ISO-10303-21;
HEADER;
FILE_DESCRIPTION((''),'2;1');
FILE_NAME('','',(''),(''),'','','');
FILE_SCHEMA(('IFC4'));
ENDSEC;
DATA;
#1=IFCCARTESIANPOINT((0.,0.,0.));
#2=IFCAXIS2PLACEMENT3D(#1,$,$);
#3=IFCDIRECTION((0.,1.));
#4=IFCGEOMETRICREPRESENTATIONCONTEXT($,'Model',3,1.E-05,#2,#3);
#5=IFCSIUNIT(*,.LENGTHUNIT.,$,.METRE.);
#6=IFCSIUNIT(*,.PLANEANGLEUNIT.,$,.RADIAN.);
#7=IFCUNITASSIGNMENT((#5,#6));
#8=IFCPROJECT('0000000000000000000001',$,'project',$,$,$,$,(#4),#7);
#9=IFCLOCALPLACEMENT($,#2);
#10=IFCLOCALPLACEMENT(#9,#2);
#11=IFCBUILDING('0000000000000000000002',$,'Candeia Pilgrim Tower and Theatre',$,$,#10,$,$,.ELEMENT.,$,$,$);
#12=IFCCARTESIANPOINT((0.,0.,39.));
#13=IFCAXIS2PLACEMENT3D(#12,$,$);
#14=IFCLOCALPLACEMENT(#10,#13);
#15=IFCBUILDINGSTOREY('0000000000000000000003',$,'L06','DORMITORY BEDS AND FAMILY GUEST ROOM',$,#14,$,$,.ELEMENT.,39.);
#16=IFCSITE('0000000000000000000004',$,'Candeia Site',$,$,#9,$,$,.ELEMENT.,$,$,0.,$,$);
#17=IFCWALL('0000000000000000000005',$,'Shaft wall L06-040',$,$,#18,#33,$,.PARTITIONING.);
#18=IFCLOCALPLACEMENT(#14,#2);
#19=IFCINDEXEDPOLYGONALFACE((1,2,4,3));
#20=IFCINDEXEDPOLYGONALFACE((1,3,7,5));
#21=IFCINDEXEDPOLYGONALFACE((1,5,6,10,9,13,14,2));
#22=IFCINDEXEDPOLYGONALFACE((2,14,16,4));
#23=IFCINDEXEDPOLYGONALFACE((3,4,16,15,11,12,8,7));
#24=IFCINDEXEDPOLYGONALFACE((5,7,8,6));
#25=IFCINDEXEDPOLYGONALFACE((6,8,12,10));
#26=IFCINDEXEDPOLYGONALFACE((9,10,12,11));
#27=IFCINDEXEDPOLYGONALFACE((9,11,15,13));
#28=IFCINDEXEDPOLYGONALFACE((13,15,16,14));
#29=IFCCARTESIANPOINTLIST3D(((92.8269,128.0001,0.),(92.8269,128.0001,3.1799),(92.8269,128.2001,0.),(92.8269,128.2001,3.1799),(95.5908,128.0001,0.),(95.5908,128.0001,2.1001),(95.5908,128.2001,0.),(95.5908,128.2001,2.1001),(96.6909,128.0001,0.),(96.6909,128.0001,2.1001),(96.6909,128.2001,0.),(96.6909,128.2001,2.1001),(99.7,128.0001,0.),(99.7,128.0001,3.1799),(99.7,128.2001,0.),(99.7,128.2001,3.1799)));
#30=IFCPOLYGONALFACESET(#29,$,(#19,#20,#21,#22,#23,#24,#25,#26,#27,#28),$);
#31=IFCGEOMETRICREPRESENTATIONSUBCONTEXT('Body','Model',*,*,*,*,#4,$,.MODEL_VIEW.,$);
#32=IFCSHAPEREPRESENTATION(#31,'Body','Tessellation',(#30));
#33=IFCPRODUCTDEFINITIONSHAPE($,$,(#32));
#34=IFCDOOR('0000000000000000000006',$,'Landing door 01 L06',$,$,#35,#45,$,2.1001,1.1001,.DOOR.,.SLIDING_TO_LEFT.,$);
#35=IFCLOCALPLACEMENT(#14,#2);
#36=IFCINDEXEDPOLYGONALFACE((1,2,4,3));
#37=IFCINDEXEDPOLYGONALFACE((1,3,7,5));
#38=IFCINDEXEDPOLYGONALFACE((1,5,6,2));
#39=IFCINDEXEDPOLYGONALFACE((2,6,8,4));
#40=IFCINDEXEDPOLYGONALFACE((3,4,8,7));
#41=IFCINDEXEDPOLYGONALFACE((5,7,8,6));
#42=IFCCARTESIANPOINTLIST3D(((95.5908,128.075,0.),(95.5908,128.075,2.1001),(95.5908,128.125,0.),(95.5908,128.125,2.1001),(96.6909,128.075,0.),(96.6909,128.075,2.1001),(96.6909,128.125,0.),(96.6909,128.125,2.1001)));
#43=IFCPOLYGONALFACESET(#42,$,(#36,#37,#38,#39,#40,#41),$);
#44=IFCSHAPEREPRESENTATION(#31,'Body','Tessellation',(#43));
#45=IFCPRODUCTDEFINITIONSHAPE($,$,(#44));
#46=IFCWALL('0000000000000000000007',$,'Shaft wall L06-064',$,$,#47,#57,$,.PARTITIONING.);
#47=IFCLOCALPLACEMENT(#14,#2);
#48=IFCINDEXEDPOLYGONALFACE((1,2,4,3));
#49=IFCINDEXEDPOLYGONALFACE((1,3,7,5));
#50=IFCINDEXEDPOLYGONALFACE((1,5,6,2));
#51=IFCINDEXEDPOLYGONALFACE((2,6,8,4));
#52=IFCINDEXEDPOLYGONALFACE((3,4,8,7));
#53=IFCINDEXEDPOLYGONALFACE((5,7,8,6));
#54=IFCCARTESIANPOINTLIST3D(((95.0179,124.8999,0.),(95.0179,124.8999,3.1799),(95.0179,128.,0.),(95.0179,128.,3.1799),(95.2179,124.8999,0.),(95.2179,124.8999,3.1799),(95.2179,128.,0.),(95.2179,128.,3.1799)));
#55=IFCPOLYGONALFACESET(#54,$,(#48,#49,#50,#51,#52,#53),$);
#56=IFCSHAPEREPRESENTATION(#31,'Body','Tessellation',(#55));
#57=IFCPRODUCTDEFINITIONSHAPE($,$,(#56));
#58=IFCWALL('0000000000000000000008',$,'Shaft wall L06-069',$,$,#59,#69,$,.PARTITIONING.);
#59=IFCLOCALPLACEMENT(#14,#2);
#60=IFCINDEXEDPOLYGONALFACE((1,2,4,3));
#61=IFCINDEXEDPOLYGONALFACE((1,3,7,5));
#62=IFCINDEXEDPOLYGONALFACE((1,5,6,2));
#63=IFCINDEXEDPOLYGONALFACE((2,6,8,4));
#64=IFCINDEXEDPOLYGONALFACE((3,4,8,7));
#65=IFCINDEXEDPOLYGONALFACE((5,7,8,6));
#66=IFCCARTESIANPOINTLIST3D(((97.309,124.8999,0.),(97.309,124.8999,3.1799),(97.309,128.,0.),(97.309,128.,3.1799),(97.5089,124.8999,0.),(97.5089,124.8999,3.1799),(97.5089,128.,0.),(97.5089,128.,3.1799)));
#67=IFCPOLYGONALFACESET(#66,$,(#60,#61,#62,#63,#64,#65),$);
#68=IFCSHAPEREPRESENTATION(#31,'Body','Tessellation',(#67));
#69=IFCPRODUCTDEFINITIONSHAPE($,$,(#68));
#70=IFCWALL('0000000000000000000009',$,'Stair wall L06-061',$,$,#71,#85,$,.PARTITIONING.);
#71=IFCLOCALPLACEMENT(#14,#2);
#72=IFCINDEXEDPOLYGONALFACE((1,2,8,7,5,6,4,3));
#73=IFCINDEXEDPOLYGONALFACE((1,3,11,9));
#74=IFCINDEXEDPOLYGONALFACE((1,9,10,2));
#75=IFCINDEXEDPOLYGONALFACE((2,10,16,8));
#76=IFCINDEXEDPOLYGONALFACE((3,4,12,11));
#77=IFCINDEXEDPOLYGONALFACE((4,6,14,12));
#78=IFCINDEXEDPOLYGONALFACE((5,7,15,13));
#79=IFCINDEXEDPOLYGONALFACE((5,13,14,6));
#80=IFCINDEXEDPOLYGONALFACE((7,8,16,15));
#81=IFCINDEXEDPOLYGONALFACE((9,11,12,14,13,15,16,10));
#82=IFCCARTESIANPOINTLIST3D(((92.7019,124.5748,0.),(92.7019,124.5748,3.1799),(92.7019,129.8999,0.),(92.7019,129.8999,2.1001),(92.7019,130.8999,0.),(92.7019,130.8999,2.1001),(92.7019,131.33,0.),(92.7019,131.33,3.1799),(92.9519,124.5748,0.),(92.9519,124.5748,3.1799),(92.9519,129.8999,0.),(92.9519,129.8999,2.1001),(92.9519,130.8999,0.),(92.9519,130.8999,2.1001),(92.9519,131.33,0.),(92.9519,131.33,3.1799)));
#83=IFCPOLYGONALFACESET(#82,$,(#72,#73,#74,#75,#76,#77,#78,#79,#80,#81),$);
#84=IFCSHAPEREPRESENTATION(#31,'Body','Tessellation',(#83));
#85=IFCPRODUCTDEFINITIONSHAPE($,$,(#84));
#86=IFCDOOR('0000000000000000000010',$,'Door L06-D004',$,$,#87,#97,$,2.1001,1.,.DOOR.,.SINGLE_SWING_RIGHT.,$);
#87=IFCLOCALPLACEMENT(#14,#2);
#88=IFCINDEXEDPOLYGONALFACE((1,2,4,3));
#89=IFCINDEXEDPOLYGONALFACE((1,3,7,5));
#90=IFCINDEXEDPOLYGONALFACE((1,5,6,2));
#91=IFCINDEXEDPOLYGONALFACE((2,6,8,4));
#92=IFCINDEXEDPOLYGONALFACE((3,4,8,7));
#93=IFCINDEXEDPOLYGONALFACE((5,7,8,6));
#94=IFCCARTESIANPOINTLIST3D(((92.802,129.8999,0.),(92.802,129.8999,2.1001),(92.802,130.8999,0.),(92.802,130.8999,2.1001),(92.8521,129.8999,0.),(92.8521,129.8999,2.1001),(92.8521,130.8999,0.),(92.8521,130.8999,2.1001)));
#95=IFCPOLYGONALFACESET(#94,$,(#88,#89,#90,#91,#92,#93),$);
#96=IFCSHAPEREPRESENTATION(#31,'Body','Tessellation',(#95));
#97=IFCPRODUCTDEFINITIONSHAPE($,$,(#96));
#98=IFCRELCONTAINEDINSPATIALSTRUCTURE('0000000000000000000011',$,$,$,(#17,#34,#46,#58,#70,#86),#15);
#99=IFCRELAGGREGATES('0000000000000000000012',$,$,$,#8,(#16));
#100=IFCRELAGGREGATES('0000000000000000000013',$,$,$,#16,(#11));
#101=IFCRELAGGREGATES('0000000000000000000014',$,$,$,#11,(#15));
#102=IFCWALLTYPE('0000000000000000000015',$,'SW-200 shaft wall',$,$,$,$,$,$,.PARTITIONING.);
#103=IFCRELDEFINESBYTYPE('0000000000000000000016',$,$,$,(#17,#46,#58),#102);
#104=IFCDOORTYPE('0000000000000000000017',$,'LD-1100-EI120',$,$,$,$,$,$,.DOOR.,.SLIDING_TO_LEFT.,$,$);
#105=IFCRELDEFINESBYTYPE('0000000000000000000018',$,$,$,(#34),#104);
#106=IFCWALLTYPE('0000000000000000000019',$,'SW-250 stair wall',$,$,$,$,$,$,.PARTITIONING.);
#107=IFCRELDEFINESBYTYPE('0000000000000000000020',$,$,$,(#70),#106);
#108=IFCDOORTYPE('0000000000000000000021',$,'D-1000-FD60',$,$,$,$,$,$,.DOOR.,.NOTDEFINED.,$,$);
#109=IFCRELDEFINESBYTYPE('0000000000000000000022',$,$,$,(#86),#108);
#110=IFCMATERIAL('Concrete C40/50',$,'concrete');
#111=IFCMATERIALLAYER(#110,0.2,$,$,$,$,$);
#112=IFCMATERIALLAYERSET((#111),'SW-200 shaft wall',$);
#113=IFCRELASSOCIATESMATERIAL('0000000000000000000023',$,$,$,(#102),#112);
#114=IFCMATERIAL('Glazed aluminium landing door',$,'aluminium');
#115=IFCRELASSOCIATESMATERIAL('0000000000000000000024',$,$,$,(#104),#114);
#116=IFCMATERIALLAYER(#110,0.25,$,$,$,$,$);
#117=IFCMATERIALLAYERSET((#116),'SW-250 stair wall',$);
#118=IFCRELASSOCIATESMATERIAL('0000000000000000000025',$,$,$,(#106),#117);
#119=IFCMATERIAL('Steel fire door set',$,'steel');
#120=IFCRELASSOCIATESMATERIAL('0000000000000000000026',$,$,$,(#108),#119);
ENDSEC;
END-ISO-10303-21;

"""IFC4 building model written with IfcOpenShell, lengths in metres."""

from ifc_helpers import new_model, si_unit, direction, frame, frame_2d, origin, place, context, subcontext, project, spatial, rectangle, extrude, material, layer, layer_set, type_object, element, fill, save


model = new_model("IFC4")

# Units and contexts
model_context = context("Model", 3, precision=1e-05, world=origin(), true_north=direction((0.0, 1.0)))
body_context = subcontext(model_context, "Body", "Model", "MODEL_VIEW")
ifc_project = project(units=[si_unit("LENGTHUNIT", "METRE"), si_unit("PLANEANGLEUNIT", "RADIAN")], contexts=[model_context])

# Site, building, storey
site_placement = place(None, origin())
site = spatial("IfcSite", under=ifc_project, at=site_placement, Name="Candeia Site", CompositionType="ELEMENT", RefElevation=0.0)
building_placement = place(site_placement, origin())
building = spatial("IfcBuilding", under=site, at=building_placement, Name="Candeia Pilgrim Tower and Theatre", CompositionType="ELEMENT")
storey_placement = place(building_placement, frame((0.0, 0.0, 39.0)))
storey = spatial("IfcBuildingStorey", under=building, at=storey_placement, Name="L06", Description="DORMITORY BEDS AND FAMILY GUEST ROOM", CompositionType="ELEMENT", Elevation=39.0)

# Shared definitions
ifc_material_1 = material(Name="Steel fire door set", Category="steel")

# Wall, opening, door
ifc_material_2 = material(Name="Concrete C40/50", Category="concrete")
ifc_layer_1 = layer(ifc_material_2, 0.2)
ifc_layer_set_1 = layer_set([ifc_layer_1], Name="SW-200 shaft wall")
wall_type_1 = type_object("IfcWallType", Name="SW-200 shaft wall", PredefinedType="PARTITIONING", material=ifc_layer_set_1)
ifc_material_3 = material(Name="Glazed aluminium landing door", Category="aluminium")
door_type_1 = type_object("IfcDoorType", Name="LD-1100-EI120", OperationType="SLIDING_TO_LEFT", PredefinedType="DOOR", material=ifc_material_3)
wall_1_placement = place(storey_placement, frame((92.8269, 128.1001, 0.0), z_axis=(0.0, 0.0, 1.0), x_axis=(1.0, 0.0, 0.0)))
wall_1 = element("IfcWall", 1, at=wall_1_placement, inside=storey, type_object=wall_type_1, Name="Shaft wall L06-040", PredefinedType="PARTITIONING", context=body_context, shape_type="SweptSolid", body=[
    extrude(rectangle(XDim=6.873, YDim=0.2, at=frame_2d((3.4365, 0.0))), origin(), (0.0, 0.0, 1.0), 3.1799),
])
opening_1_placement = place(wall_1_placement, frame((2.7639, 0.0, 0.0)))
opening_1 = element("IfcOpeningElement", 2, at=opening_1_placement, cuts=wall_1, PredefinedType="OPENING", context=body_context, shape_type="SweptSolid", body=[
    extrude(rectangle(XDim=1.1001, YDim=2.1001, at=frame_2d((0.55, 1.05))), frame((0.0, 0.1099, 0.0), z_axis=(0.0, -1.0, 0.0), x_axis=(1.0, 0.0, 0.0)), (0.0, 0.0, 1.0), 0.22),
])
door_1_placement = place(opening_1_placement, origin())
door_1 = element("IfcDoor", 3, at=door_1_placement, inside=storey, type_object=door_type_1, Name="Landing door 01 L06", OperationType="SLIDING_TO_LEFT", OverallHeight=2.1001, OverallWidth=1.1001, PredefinedType="DOOR", context=body_context, shape_type="SweptSolid", body=[
    extrude(rectangle(XDim=1.1001, YDim=2.1001, at=frame_2d((0.55, 1.05))), frame((0.0, 0.0249, 0.0), z_axis=(0.0, -1.0, 0.0), x_axis=(1.0, 0.0, 0.0)), (0.0, 0.0, 1.0), 0.05),
])
fill(opening_1, door_1)

# Walls
for number, where, z_axis, x_axis, name in (
    (4, (95.1179, 124.8999, 0.0), (0.0, 0.0, 1.0), (0.0, 1.0, 0.0), "Shaft wall L06-064"),
    (5, (97.4089, 124.8999, 0.0), (0.0, 0.0, 1.0), (0.0, 1.0, 0.0), "Shaft wall L06-069"),
):
    element("IfcWall", number, at=place(storey_placement, frame(where, z_axis=z_axis, x_axis=x_axis)), inside=storey, type_object=wall_type_1, Name=name, PredefinedType="PARTITIONING", context=body_context, shape_type="SweptSolid", body=[
        extrude(rectangle(XDim=3.1001, YDim=0.2, at=frame_2d((1.55, 0.0))), origin(), (0.0, 0.0, 1.0), 3.1799),
    ])

# Wall, opening, door
ifc_layer_2 = layer(ifc_material_2, 0.25)
ifc_layer_set_2 = layer_set([ifc_layer_2], Name="SW-250 stair wall")
wall_type_2 = type_object("IfcWallType", Name="SW-250 stair wall", PredefinedType="PARTITIONING", material=ifc_layer_set_2)
wall_2_placement = place(storey_placement, frame((92.8269, 124.575, 0.0), z_axis=(0.0, 0.0, 1.0), x_axis=(0.0, 1.0, 0.0)))
wall_2 = element("IfcWall", 6, at=wall_2_placement, inside=storey, type_object=wall_type_2, Name="Stair wall L06-061", PredefinedType="PARTITIONING", context=body_context, shape_type="SweptSolid", body=[
    extrude(rectangle(XDim=6.7551, YDim=0.25, at=frame_2d((3.3774, 0.0))), origin(), (0.0, 0.0, 1.0), 3.1799),
])
opening_2_placement = place(wall_2_placement, frame((5.325, 0.0, 0.0)))
opening_2 = element("IfcOpeningElement", 7, at=opening_2_placement, cuts=wall_2, PredefinedType="OPENING", context=body_context, shape_type="SweptSolid", body=[
    extrude(rectangle(XDim=1.0, YDim=2.1001, at=frame_2d((0.5, 1.05))), frame((0.0, 0.135, 0.0), z_axis=(0.0, -1.0, 0.0), x_axis=(1.0, 0.0, 0.0)), (0.0, 0.0, 1.0), 0.27),
])
door_type_2 = type_object("IfcDoorType", Name="D-1000-FD60", OperationType="NOTDEFINED", PredefinedType="DOOR", material=ifc_material_1)
door_2_placement = place(opening_2_placement, origin())
door_2 = element("IfcDoor", 8, at=door_2_placement, inside=storey, type_object=door_type_2, Name="Door L06-D004", OperationType="SINGLE_SWING_RIGHT", OverallHeight=2.1001, OverallWidth=1.0, PredefinedType="DOOR", context=body_context, shape_type="SweptSolid", body=[
    extrude(rectangle(XDim=1.0, YDim=2.1001, at=frame_2d((0.5, 1.05))), frame((0.0, 0.0249, 0.0), z_axis=(0.0, -1.0, 0.0), x_axis=(1.0, 0.0, 0.0)), (0.0, 0.0, 1.0), 0.05),
])
fill(opening_2, door_2)

save(model, "model.ifc")
